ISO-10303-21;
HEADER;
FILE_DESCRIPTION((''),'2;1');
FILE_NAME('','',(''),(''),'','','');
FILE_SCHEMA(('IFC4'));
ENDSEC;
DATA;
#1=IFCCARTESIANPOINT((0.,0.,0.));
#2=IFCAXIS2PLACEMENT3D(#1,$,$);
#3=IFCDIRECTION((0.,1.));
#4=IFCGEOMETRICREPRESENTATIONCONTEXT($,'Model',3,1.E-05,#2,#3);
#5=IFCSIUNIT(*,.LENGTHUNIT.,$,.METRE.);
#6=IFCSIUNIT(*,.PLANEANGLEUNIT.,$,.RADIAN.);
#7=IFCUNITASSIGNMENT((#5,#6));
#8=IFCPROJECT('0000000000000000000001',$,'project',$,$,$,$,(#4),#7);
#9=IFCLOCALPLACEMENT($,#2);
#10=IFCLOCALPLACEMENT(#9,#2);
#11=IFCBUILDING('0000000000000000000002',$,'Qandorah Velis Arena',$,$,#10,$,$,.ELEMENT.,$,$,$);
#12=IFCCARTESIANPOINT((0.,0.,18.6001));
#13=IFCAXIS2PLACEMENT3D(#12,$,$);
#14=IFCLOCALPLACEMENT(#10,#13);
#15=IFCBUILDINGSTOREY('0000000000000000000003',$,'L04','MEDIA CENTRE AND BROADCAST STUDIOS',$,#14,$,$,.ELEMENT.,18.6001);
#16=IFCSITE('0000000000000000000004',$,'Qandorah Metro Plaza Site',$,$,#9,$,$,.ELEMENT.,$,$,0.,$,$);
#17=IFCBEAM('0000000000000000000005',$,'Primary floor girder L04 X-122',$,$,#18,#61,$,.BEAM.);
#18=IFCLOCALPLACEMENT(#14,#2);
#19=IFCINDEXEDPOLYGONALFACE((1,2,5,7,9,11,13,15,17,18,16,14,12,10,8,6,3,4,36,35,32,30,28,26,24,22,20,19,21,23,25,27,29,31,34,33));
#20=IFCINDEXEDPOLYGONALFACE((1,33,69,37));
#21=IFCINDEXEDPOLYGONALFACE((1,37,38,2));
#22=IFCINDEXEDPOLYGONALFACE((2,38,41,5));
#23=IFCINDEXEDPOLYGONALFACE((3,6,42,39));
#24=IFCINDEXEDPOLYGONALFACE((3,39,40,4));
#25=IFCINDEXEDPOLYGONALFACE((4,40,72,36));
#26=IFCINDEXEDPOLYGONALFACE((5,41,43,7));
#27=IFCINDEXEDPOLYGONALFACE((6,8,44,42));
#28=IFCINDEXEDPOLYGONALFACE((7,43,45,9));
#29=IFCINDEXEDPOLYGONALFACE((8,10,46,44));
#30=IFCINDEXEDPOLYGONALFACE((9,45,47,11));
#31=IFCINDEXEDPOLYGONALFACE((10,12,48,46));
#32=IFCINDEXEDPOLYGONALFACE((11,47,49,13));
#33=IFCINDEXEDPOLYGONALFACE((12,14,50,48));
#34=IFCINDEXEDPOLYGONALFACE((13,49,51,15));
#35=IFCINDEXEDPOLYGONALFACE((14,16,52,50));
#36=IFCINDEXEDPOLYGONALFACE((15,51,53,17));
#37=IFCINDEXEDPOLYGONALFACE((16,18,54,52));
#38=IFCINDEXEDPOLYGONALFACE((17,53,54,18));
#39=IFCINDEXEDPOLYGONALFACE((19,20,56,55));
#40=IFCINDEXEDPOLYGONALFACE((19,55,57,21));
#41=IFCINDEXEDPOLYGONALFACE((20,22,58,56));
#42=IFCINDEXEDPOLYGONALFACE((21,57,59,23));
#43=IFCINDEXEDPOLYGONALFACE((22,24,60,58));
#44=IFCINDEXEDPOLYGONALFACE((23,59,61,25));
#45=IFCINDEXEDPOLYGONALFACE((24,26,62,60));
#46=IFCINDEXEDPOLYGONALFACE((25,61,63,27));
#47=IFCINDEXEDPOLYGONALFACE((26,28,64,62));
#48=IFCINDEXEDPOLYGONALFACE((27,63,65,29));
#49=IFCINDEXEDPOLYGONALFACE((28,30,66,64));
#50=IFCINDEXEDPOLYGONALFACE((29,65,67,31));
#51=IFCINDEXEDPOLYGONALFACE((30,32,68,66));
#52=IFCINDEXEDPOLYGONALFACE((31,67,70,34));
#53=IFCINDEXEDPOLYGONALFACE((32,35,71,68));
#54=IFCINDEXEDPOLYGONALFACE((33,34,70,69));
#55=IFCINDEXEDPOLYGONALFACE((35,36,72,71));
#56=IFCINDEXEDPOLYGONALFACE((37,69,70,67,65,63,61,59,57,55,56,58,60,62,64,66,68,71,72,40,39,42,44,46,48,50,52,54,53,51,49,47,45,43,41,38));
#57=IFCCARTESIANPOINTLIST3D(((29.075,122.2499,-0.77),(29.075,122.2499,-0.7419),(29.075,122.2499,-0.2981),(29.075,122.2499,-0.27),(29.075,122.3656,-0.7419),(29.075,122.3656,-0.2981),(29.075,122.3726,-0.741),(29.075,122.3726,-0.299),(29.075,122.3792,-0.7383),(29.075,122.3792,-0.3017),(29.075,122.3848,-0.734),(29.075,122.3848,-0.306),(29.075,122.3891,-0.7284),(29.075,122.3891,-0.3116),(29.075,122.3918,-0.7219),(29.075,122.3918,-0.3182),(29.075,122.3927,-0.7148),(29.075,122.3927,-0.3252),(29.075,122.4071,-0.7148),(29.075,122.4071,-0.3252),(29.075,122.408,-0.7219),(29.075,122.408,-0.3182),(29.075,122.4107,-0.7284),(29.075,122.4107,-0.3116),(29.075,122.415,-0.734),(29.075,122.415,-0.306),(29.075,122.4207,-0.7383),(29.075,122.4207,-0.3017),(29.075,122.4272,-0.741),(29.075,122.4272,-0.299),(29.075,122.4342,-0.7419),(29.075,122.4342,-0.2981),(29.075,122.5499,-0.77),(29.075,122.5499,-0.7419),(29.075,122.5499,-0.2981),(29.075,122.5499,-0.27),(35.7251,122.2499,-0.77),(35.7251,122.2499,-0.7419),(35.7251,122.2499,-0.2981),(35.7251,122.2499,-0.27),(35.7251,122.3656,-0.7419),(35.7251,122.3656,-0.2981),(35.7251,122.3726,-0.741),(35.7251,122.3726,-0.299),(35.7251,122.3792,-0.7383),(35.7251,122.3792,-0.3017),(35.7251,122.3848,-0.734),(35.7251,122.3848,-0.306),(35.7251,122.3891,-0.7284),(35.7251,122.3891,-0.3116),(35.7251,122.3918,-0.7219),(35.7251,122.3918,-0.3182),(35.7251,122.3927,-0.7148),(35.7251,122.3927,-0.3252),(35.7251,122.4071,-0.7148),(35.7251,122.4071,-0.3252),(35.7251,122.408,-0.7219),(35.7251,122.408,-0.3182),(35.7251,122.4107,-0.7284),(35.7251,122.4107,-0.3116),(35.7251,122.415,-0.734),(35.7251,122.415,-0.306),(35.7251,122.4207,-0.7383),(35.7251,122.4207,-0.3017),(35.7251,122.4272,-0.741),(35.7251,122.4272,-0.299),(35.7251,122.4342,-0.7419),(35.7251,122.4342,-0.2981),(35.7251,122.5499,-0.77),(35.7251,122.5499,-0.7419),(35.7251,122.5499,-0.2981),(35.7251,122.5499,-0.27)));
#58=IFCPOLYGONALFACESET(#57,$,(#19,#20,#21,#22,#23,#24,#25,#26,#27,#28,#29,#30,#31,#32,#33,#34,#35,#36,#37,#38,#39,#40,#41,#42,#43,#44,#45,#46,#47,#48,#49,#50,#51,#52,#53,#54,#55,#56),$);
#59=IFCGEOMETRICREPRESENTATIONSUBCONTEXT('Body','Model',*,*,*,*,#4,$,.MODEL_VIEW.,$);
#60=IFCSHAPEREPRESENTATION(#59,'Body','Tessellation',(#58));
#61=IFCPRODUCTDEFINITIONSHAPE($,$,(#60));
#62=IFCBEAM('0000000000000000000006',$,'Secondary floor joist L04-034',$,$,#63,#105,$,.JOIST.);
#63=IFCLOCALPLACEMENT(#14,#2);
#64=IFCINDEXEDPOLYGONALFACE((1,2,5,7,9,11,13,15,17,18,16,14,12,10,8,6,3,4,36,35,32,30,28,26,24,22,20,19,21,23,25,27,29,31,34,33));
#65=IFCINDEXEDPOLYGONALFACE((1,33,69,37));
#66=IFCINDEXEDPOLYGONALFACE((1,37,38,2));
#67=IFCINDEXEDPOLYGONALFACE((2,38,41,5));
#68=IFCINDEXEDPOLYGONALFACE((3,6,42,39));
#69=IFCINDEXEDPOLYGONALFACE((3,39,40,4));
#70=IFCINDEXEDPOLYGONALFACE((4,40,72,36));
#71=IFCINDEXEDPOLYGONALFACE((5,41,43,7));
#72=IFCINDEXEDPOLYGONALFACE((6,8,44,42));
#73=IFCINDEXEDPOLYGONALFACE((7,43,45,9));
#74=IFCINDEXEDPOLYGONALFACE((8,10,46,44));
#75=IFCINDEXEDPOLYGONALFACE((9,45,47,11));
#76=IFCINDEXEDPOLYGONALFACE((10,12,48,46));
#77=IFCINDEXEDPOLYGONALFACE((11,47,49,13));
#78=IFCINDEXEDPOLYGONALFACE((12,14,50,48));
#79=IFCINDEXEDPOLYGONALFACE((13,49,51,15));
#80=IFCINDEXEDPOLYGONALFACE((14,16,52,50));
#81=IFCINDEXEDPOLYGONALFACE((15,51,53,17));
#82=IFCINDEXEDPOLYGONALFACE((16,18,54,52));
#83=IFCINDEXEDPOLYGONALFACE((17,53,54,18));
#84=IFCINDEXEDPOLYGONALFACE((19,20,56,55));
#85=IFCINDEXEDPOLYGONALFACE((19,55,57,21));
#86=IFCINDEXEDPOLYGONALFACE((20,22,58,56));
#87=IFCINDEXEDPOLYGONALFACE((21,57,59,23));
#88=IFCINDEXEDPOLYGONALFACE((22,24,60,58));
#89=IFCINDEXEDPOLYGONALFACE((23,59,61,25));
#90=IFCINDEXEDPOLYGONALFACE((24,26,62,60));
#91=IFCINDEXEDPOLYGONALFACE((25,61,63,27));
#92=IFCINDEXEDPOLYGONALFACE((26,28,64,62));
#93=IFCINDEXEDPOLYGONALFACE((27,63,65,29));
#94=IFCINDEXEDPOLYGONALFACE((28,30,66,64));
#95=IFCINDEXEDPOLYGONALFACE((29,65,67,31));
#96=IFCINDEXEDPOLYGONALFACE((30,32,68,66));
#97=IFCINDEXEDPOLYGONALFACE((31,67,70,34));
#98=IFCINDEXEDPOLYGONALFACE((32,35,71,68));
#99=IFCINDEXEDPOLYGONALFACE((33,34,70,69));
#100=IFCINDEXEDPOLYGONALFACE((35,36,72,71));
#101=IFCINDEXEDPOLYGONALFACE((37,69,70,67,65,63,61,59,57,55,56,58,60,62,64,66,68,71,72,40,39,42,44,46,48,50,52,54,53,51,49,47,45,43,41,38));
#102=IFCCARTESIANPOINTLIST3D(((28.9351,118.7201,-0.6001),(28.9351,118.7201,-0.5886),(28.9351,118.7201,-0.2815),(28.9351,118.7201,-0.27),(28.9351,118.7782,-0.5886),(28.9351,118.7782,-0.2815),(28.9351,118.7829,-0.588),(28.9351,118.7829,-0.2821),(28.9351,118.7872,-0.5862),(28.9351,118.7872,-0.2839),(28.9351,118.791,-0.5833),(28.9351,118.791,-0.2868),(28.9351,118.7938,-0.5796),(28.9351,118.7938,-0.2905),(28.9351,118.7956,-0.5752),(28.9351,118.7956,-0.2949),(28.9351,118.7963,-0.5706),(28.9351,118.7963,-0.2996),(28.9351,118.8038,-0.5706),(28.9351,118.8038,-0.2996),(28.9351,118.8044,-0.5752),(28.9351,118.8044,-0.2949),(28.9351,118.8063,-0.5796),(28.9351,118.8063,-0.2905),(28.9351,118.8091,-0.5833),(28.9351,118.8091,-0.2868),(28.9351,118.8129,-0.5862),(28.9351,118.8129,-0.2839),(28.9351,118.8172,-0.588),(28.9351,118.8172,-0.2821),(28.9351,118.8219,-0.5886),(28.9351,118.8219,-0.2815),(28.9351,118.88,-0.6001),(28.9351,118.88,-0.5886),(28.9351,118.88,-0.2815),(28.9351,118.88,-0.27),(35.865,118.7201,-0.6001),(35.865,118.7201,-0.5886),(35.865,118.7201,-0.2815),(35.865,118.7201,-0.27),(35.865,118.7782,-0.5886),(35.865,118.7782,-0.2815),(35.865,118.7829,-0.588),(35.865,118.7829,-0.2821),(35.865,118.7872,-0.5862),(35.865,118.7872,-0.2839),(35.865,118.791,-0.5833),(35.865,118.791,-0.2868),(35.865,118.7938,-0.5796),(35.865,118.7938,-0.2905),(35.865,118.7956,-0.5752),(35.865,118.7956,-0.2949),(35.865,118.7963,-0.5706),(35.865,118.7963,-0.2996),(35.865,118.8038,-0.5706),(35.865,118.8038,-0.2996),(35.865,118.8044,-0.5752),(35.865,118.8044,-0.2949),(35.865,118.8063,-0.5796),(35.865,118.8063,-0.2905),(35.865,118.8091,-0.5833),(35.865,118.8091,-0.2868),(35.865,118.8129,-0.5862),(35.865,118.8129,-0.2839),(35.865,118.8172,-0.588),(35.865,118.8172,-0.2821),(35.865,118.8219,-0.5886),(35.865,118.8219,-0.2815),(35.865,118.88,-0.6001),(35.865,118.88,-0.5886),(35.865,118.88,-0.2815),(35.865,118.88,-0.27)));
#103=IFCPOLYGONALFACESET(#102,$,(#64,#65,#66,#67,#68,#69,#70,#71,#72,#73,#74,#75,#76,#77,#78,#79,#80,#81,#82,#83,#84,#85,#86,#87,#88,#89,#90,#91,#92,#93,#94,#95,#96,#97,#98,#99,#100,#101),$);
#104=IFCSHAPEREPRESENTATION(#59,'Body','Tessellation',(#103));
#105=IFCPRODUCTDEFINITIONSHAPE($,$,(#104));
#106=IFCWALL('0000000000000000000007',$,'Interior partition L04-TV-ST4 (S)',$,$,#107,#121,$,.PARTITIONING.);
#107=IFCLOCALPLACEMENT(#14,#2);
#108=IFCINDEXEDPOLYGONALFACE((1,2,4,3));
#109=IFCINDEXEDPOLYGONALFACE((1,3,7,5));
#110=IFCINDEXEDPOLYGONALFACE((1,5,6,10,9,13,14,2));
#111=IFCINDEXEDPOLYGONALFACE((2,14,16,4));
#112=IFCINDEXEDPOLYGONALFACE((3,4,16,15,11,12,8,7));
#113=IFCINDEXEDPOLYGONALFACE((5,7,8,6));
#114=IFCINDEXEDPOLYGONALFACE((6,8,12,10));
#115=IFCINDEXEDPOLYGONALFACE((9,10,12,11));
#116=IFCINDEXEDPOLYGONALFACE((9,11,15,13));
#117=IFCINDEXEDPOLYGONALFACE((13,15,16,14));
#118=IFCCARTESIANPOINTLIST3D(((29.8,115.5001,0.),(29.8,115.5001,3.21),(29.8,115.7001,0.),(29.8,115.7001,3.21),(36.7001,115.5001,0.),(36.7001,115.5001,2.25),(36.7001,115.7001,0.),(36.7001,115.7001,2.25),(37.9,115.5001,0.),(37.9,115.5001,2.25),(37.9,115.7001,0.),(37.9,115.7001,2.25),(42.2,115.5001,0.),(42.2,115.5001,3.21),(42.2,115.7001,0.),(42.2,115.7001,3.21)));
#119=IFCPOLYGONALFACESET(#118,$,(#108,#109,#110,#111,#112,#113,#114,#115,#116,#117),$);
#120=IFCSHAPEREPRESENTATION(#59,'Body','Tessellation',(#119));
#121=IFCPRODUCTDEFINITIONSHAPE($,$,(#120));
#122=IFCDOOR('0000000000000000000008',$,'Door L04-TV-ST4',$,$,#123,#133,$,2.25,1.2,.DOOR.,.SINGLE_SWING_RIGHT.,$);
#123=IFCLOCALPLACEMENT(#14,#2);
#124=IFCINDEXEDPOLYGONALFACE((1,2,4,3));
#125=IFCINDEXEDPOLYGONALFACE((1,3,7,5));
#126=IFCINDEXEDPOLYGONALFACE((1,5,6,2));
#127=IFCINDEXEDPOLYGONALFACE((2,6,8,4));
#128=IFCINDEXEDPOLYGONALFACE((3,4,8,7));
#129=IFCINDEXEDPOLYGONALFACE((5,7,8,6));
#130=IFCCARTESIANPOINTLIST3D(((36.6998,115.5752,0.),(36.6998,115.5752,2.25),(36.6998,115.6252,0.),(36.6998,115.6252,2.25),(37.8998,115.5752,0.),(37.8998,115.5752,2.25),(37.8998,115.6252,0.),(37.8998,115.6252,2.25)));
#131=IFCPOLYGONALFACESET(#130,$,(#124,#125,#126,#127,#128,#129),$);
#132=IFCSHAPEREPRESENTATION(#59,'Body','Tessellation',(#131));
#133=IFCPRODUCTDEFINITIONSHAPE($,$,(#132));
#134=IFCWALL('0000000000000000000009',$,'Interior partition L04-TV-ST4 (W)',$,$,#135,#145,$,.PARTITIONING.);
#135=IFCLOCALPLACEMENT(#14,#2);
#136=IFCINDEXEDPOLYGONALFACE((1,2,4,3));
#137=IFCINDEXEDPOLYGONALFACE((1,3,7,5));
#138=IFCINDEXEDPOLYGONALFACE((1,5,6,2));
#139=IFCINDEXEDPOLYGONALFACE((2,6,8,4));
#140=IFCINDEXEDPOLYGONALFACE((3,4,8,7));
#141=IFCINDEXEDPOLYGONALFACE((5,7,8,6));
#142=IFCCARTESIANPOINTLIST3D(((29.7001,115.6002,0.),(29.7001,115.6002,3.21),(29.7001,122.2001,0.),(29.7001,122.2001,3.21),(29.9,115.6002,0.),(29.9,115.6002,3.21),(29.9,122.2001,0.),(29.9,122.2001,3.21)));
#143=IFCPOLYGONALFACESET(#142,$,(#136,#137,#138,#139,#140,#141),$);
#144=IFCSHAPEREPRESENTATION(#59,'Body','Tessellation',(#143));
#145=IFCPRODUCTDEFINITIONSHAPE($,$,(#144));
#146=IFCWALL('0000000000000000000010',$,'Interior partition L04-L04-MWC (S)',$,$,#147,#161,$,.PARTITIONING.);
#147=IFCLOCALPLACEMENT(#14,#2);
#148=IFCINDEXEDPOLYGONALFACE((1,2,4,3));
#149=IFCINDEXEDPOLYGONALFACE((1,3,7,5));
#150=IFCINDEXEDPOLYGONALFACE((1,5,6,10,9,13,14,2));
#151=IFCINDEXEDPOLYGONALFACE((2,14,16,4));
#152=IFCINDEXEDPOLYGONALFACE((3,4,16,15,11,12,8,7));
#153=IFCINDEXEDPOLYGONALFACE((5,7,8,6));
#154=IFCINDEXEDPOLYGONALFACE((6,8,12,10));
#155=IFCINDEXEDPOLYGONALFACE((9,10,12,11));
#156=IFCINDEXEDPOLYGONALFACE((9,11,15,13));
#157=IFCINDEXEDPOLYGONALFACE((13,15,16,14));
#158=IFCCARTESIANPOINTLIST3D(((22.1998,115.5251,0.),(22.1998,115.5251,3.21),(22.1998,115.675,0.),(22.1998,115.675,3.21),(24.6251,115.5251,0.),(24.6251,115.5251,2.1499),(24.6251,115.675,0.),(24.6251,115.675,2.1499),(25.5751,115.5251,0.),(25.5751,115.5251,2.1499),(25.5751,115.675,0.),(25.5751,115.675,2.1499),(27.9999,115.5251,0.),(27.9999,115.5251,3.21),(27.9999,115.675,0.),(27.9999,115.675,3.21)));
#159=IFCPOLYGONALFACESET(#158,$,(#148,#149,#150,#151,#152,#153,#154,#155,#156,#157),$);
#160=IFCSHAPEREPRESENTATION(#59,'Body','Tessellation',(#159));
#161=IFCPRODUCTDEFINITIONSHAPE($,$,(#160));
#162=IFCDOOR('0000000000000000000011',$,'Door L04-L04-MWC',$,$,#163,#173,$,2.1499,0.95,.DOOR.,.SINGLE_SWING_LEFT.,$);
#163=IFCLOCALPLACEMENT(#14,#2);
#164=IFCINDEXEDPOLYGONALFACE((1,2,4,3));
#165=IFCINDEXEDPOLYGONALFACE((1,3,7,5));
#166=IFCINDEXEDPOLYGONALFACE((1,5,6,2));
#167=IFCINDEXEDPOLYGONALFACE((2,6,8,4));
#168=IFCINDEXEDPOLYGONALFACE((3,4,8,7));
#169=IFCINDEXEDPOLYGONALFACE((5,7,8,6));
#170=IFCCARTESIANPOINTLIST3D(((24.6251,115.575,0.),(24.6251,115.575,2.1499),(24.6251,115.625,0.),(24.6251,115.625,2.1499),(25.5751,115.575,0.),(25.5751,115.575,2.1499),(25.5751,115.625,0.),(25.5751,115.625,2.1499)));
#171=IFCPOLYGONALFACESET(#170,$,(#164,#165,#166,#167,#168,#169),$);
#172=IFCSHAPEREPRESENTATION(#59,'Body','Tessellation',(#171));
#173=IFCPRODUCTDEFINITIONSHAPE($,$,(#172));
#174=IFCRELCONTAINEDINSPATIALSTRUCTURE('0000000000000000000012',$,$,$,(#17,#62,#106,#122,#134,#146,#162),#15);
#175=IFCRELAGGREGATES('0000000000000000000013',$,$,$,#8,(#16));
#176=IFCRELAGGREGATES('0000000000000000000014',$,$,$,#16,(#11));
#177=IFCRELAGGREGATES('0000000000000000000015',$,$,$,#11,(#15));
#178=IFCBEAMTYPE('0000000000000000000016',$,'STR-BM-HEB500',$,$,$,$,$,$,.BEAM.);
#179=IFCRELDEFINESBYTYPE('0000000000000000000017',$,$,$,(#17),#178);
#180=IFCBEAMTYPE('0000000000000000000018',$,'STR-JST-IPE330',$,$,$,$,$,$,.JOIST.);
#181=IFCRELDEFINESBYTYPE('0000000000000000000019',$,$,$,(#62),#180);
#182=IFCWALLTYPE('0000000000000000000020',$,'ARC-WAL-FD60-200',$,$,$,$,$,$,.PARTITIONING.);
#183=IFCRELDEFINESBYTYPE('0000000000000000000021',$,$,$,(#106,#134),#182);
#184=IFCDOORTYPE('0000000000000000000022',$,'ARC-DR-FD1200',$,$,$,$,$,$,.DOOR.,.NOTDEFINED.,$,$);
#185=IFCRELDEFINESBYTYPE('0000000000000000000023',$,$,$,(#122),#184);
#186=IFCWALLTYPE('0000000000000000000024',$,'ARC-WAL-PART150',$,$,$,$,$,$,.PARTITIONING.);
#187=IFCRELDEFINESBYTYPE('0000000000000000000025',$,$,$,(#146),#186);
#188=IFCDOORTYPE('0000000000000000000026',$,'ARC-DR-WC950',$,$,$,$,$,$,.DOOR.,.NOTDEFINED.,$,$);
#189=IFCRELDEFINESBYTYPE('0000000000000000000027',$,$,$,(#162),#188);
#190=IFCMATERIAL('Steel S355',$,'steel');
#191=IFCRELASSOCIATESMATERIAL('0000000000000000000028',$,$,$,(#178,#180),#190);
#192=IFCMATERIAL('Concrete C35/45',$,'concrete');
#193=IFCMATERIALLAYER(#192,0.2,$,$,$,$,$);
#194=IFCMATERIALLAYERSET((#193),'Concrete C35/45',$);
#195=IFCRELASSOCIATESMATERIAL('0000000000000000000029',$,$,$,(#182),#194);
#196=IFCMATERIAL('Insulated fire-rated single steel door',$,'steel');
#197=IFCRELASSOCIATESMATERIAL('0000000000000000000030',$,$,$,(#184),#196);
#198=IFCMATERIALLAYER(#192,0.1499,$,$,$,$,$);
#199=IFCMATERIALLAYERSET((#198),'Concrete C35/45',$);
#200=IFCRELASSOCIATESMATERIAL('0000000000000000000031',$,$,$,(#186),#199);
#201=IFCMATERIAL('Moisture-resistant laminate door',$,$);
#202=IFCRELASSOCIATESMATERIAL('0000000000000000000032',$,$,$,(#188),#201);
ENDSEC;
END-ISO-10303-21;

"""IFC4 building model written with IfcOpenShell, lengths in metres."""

from ifc_helpers import new_model, si_unit, direction, frame, frame_2d, origin, origin_2d, place, context, subcontext, project, spatial, rectangle, i_section, extrude, material, layer, layer_set, material_profile, profile_set, type_object, element, fill, save


model = new_model("IFC4")

# Units and contexts
model_context = context("Model", 3, precision=1e-05, world=origin(), true_north=direction((0.0, 1.0)))
body_context = subcontext(model_context, "Body", "Model", "MODEL_VIEW")
ifc_project = project(units=[si_unit("LENGTHUNIT", "METRE"), si_unit("PLANEANGLEUNIT", "RADIAN")], contexts=[model_context])

# Site, building, storey
site_placement = place(None, origin())
site = spatial("IfcSite", under=ifc_project, at=site_placement, Name="Qandorah Metro Plaza Site", CompositionType="ELEMENT", RefElevation=0.0)
building_placement = place(site_placement, origin())
building = spatial("IfcBuilding", under=site, at=building_placement, Name="Qandorah Velis Arena", CompositionType="ELEMENT")
storey_placement = place(building_placement, frame((0.0, 0.0, 18.6001)))
storey = spatial("IfcBuildingStorey", under=building, at=storey_placement, Name="L04", Description="MEDIA CENTRE AND BROADCAST STUDIOS", CompositionType="ELEMENT", Elevation=18.6001)

# Beams
ifc_material_1 = material(Name="Steel S355", Category="steel")
ifc_material_profile_1 = material_profile(ifc_material_1, i_section(OverallWidth=0.3, OverallDepth=0.5, WebThickness=0.0144, FlangeThickness=0.0281, FilletRadius=0.0271, at=origin_2d()), Name="HEB 500")
ifc_profile_set_1 = profile_set([ifc_material_profile_1], Name="Steel S355")
beam_type_1 = type_object("IfcBeamType", Name="STR-BM-HEB500", PredefinedType="BEAM", material=ifc_profile_set_1)
beam_1_placement = place(storey_placement, frame((29.075, 122.3999, -0.52), z_axis=(1.0, 0.0, 0.0), x_axis=(0.0, 1.0, 0.0)))
element("IfcBeam", 1, at=beam_1_placement, inside=storey, type_object=beam_type_1, Name="Primary floor girder L04 X-122", PredefinedType="BEAM", context=body_context, shape_type="SweptSolid", body=[
    extrude(i_section(OverallWidth=0.3, OverallDepth=0.5, WebThickness=0.0144, FlangeThickness=0.0281, FilletRadius=0.0271, at=origin_2d()), origin(), (0.0, 0.0, 1.0), 6.6501),
])
ifc_material_profile_2 = material_profile(ifc_material_1, i_section(OverallWidth=0.1599, OverallDepth=0.3301, WebThickness=0.0076, FlangeThickness=0.0115, FilletRadius=0.0181, at=origin_2d()), Name="IPE 330")
ifc_profile_set_2 = profile_set([ifc_material_profile_2], Name="Steel S355")
beam_type_2 = type_object("IfcBeamType", Name="STR-JST-IPE330", PredefinedType="JOIST", material=ifc_profile_set_2)
beam_2_placement = place(storey_placement, frame((28.9351, 118.8, -0.4351), z_axis=(1.0, 0.0, 0.0), x_axis=(0.0, 1.0, 0.0)))
element("IfcBeam", 2, at=beam_2_placement, inside=storey, type_object=beam_type_2, Name="Secondary floor joist L04-034", PredefinedType="JOIST", context=body_context, shape_type="SweptSolid", body=[
    extrude(i_section(OverallWidth=0.1599, OverallDepth=0.3301, WebThickness=0.0076, FlangeThickness=0.0115, FilletRadius=0.0181, at=origin_2d()), origin(), (0.0, 0.0, 1.0), 6.9299),
])

# Wall, opening, door
ifc_material_2 = material(Name="Concrete C35/45", Category="concrete")
ifc_layer_1 = layer(ifc_material_2, 0.2)
ifc_layer_set_1 = layer_set([ifc_layer_1], Name="Concrete C35/45")
wall_type_1 = type_object("IfcWallType", Name="ARC-WAL-FD60-200", PredefinedType="PARTITIONING", material=ifc_layer_set_1)
wall_1_placement = place(storey_placement, frame((29.8, 115.6001, 0.0), z_axis=(0.0, 0.0, 1.0), x_axis=(1.0, 0.0, 0.0)))
wall_1 = element("IfcWall", 3, at=wall_1_placement, inside=storey, type_object=wall_type_1, Name="Interior partition L04-TV-ST4 (S)", PredefinedType="PARTITIONING", context=body_context, shape_type="SweptSolid", body=[
    extrude(rectangle(XDim=12.3999, YDim=0.2, at=frame_2d((6.2, 0.0))), origin(), (0.0, 0.0, 1.0), 3.21),
])
opening_1_placement = place(wall_1_placement, frame((6.8999, 0.0, 0.0)))
opening_1 = element("IfcOpeningElement", 4, at=opening_1_placement, cuts=wall_1, PredefinedType="OPENING", context=body_context, shape_type="SweptSolid", body=[
    extrude(rectangle(XDim=1.2, YDim=2.25, at=frame_2d((0.6001, 1.125))), frame((0.0, 0.1099, 0.0), z_axis=(0.0, -1.0, 0.0), x_axis=(1.0, 0.0, 0.0)), (0.0, 0.0, 1.0), 0.22),
])
ifc_material_3 = material(Name="Insulated fire-rated single steel door", Category="steel")
door_type_1 = type_object("IfcDoorType", Name="ARC-DR-FD1200", OperationType="NOTDEFINED", PredefinedType="DOOR", material=ifc_material_3)
door_1_placement = place(opening_1_placement, frame((1.2, 0.0, 0.0), z_axis=(0.0, 0.0, 1.0), x_axis=(-1.0, 0.0, 0.0)))
door_1 = element("IfcDoor", 5, at=door_1_placement, inside=storey, type_object=door_type_1, Name="Door L04-TV-ST4", OperationType="SINGLE_SWING_RIGHT", OverallHeight=2.25, OverallWidth=1.2, PredefinedType="DOOR", context=body_context, shape_type="SweptSolid", body=[
    extrude(rectangle(XDim=1.2, YDim=2.25, at=frame_2d((0.6001, 1.125))), frame((0.0, 0.0249, 0.0), z_axis=(0.0, -1.0, 0.0), x_axis=(1.0, 0.0, 0.0)), (0.0, 0.0, 1.0), 0.05),
])
fill(opening_1, door_1)

# Wall
wall_2_placement = place(storey_placement, frame((29.8, 122.2, 0.0), z_axis=(0.0, 0.0, 1.0), x_axis=(0.0, -1.0, 0.0)))
element("IfcWall", 6, at=wall_2_placement, inside=storey, type_object=wall_type_1, Name="Interior partition L04-TV-ST4 (W)", PredefinedType="PARTITIONING", context=body_context, shape_type="SweptSolid", body=[
    extrude(rectangle(XDim=6.5999, YDim=0.2, at=frame_2d((3.2998, 0.0))), origin(), (0.0, 0.0, 1.0), 3.21),
])

# Wall, opening, door
ifc_layer_2 = layer(ifc_material_2, 0.1499)
ifc_layer_set_2 = layer_set([ifc_layer_2], Name="Concrete C35/45")
wall_type_2 = type_object("IfcWallType", Name="ARC-WAL-PART150", PredefinedType="PARTITIONING", material=ifc_layer_set_2)
wall_3_placement = place(storey_placement, frame((22.2, 115.6001, 0.0), z_axis=(0.0, 0.0, 1.0), x_axis=(1.0, 0.0, 0.0)))
wall_3 = element("IfcWall", 7, at=wall_3_placement, inside=storey, type_object=wall_type_2, Name="Interior partition L04-L04-MWC (S)", PredefinedType="PARTITIONING", context=body_context, shape_type="SweptSolid", body=[
    extrude(rectangle(XDim=5.8, YDim=0.1499, at=frame_2d((2.8999, 0.0))), origin(), (0.0, 0.0, 1.0), 3.21),
])
opening_2_placement = place(wall_3_placement, frame((2.425, 0.0, 0.0)))
opening_2 = element("IfcOpeningElement", 8, at=opening_2_placement, cuts=wall_3, PredefinedType="OPENING", context=body_context, shape_type="SweptSolid", body=[
    extrude(rectangle(XDim=0.95, YDim=2.1499, at=frame_2d((0.4751, 1.075))), frame((0.0, 0.085, 0.0), z_axis=(0.0, -1.0, 0.0), x_axis=(1.0, 0.0, 0.0)), (0.0, 0.0, 1.0), 0.1699),
])
ifc_material_4 = material(Name="Moisture-resistant laminate door")
door_type_2 = type_object("IfcDoorType", Name="ARC-DR-WC950", OperationType="NOTDEFINED", PredefinedType="DOOR", material=ifc_material_4)
door_2_placement = place(opening_2_placement, origin())
door_2 = element("IfcDoor", 9, at=door_2_placement, inside=storey, type_object=door_type_2, Name="Door L04-L04-MWC", OperationType="SINGLE_SWING_LEFT", OverallHeight=2.1499, OverallWidth=0.95, PredefinedType="DOOR", context=body_context, shape_type="SweptSolid", body=[
    extrude(rectangle(XDim=0.95, YDim=2.1499, at=frame_2d((0.4751, 1.075))), frame((0.0, 0.0249, 0.0), z_axis=(0.0, -1.0, 0.0), x_axis=(1.0, 0.0, 0.0)), (0.0, 0.0, 1.0), 0.05),
])
fill(opening_2, door_2)

save(model, "model.ifc")
